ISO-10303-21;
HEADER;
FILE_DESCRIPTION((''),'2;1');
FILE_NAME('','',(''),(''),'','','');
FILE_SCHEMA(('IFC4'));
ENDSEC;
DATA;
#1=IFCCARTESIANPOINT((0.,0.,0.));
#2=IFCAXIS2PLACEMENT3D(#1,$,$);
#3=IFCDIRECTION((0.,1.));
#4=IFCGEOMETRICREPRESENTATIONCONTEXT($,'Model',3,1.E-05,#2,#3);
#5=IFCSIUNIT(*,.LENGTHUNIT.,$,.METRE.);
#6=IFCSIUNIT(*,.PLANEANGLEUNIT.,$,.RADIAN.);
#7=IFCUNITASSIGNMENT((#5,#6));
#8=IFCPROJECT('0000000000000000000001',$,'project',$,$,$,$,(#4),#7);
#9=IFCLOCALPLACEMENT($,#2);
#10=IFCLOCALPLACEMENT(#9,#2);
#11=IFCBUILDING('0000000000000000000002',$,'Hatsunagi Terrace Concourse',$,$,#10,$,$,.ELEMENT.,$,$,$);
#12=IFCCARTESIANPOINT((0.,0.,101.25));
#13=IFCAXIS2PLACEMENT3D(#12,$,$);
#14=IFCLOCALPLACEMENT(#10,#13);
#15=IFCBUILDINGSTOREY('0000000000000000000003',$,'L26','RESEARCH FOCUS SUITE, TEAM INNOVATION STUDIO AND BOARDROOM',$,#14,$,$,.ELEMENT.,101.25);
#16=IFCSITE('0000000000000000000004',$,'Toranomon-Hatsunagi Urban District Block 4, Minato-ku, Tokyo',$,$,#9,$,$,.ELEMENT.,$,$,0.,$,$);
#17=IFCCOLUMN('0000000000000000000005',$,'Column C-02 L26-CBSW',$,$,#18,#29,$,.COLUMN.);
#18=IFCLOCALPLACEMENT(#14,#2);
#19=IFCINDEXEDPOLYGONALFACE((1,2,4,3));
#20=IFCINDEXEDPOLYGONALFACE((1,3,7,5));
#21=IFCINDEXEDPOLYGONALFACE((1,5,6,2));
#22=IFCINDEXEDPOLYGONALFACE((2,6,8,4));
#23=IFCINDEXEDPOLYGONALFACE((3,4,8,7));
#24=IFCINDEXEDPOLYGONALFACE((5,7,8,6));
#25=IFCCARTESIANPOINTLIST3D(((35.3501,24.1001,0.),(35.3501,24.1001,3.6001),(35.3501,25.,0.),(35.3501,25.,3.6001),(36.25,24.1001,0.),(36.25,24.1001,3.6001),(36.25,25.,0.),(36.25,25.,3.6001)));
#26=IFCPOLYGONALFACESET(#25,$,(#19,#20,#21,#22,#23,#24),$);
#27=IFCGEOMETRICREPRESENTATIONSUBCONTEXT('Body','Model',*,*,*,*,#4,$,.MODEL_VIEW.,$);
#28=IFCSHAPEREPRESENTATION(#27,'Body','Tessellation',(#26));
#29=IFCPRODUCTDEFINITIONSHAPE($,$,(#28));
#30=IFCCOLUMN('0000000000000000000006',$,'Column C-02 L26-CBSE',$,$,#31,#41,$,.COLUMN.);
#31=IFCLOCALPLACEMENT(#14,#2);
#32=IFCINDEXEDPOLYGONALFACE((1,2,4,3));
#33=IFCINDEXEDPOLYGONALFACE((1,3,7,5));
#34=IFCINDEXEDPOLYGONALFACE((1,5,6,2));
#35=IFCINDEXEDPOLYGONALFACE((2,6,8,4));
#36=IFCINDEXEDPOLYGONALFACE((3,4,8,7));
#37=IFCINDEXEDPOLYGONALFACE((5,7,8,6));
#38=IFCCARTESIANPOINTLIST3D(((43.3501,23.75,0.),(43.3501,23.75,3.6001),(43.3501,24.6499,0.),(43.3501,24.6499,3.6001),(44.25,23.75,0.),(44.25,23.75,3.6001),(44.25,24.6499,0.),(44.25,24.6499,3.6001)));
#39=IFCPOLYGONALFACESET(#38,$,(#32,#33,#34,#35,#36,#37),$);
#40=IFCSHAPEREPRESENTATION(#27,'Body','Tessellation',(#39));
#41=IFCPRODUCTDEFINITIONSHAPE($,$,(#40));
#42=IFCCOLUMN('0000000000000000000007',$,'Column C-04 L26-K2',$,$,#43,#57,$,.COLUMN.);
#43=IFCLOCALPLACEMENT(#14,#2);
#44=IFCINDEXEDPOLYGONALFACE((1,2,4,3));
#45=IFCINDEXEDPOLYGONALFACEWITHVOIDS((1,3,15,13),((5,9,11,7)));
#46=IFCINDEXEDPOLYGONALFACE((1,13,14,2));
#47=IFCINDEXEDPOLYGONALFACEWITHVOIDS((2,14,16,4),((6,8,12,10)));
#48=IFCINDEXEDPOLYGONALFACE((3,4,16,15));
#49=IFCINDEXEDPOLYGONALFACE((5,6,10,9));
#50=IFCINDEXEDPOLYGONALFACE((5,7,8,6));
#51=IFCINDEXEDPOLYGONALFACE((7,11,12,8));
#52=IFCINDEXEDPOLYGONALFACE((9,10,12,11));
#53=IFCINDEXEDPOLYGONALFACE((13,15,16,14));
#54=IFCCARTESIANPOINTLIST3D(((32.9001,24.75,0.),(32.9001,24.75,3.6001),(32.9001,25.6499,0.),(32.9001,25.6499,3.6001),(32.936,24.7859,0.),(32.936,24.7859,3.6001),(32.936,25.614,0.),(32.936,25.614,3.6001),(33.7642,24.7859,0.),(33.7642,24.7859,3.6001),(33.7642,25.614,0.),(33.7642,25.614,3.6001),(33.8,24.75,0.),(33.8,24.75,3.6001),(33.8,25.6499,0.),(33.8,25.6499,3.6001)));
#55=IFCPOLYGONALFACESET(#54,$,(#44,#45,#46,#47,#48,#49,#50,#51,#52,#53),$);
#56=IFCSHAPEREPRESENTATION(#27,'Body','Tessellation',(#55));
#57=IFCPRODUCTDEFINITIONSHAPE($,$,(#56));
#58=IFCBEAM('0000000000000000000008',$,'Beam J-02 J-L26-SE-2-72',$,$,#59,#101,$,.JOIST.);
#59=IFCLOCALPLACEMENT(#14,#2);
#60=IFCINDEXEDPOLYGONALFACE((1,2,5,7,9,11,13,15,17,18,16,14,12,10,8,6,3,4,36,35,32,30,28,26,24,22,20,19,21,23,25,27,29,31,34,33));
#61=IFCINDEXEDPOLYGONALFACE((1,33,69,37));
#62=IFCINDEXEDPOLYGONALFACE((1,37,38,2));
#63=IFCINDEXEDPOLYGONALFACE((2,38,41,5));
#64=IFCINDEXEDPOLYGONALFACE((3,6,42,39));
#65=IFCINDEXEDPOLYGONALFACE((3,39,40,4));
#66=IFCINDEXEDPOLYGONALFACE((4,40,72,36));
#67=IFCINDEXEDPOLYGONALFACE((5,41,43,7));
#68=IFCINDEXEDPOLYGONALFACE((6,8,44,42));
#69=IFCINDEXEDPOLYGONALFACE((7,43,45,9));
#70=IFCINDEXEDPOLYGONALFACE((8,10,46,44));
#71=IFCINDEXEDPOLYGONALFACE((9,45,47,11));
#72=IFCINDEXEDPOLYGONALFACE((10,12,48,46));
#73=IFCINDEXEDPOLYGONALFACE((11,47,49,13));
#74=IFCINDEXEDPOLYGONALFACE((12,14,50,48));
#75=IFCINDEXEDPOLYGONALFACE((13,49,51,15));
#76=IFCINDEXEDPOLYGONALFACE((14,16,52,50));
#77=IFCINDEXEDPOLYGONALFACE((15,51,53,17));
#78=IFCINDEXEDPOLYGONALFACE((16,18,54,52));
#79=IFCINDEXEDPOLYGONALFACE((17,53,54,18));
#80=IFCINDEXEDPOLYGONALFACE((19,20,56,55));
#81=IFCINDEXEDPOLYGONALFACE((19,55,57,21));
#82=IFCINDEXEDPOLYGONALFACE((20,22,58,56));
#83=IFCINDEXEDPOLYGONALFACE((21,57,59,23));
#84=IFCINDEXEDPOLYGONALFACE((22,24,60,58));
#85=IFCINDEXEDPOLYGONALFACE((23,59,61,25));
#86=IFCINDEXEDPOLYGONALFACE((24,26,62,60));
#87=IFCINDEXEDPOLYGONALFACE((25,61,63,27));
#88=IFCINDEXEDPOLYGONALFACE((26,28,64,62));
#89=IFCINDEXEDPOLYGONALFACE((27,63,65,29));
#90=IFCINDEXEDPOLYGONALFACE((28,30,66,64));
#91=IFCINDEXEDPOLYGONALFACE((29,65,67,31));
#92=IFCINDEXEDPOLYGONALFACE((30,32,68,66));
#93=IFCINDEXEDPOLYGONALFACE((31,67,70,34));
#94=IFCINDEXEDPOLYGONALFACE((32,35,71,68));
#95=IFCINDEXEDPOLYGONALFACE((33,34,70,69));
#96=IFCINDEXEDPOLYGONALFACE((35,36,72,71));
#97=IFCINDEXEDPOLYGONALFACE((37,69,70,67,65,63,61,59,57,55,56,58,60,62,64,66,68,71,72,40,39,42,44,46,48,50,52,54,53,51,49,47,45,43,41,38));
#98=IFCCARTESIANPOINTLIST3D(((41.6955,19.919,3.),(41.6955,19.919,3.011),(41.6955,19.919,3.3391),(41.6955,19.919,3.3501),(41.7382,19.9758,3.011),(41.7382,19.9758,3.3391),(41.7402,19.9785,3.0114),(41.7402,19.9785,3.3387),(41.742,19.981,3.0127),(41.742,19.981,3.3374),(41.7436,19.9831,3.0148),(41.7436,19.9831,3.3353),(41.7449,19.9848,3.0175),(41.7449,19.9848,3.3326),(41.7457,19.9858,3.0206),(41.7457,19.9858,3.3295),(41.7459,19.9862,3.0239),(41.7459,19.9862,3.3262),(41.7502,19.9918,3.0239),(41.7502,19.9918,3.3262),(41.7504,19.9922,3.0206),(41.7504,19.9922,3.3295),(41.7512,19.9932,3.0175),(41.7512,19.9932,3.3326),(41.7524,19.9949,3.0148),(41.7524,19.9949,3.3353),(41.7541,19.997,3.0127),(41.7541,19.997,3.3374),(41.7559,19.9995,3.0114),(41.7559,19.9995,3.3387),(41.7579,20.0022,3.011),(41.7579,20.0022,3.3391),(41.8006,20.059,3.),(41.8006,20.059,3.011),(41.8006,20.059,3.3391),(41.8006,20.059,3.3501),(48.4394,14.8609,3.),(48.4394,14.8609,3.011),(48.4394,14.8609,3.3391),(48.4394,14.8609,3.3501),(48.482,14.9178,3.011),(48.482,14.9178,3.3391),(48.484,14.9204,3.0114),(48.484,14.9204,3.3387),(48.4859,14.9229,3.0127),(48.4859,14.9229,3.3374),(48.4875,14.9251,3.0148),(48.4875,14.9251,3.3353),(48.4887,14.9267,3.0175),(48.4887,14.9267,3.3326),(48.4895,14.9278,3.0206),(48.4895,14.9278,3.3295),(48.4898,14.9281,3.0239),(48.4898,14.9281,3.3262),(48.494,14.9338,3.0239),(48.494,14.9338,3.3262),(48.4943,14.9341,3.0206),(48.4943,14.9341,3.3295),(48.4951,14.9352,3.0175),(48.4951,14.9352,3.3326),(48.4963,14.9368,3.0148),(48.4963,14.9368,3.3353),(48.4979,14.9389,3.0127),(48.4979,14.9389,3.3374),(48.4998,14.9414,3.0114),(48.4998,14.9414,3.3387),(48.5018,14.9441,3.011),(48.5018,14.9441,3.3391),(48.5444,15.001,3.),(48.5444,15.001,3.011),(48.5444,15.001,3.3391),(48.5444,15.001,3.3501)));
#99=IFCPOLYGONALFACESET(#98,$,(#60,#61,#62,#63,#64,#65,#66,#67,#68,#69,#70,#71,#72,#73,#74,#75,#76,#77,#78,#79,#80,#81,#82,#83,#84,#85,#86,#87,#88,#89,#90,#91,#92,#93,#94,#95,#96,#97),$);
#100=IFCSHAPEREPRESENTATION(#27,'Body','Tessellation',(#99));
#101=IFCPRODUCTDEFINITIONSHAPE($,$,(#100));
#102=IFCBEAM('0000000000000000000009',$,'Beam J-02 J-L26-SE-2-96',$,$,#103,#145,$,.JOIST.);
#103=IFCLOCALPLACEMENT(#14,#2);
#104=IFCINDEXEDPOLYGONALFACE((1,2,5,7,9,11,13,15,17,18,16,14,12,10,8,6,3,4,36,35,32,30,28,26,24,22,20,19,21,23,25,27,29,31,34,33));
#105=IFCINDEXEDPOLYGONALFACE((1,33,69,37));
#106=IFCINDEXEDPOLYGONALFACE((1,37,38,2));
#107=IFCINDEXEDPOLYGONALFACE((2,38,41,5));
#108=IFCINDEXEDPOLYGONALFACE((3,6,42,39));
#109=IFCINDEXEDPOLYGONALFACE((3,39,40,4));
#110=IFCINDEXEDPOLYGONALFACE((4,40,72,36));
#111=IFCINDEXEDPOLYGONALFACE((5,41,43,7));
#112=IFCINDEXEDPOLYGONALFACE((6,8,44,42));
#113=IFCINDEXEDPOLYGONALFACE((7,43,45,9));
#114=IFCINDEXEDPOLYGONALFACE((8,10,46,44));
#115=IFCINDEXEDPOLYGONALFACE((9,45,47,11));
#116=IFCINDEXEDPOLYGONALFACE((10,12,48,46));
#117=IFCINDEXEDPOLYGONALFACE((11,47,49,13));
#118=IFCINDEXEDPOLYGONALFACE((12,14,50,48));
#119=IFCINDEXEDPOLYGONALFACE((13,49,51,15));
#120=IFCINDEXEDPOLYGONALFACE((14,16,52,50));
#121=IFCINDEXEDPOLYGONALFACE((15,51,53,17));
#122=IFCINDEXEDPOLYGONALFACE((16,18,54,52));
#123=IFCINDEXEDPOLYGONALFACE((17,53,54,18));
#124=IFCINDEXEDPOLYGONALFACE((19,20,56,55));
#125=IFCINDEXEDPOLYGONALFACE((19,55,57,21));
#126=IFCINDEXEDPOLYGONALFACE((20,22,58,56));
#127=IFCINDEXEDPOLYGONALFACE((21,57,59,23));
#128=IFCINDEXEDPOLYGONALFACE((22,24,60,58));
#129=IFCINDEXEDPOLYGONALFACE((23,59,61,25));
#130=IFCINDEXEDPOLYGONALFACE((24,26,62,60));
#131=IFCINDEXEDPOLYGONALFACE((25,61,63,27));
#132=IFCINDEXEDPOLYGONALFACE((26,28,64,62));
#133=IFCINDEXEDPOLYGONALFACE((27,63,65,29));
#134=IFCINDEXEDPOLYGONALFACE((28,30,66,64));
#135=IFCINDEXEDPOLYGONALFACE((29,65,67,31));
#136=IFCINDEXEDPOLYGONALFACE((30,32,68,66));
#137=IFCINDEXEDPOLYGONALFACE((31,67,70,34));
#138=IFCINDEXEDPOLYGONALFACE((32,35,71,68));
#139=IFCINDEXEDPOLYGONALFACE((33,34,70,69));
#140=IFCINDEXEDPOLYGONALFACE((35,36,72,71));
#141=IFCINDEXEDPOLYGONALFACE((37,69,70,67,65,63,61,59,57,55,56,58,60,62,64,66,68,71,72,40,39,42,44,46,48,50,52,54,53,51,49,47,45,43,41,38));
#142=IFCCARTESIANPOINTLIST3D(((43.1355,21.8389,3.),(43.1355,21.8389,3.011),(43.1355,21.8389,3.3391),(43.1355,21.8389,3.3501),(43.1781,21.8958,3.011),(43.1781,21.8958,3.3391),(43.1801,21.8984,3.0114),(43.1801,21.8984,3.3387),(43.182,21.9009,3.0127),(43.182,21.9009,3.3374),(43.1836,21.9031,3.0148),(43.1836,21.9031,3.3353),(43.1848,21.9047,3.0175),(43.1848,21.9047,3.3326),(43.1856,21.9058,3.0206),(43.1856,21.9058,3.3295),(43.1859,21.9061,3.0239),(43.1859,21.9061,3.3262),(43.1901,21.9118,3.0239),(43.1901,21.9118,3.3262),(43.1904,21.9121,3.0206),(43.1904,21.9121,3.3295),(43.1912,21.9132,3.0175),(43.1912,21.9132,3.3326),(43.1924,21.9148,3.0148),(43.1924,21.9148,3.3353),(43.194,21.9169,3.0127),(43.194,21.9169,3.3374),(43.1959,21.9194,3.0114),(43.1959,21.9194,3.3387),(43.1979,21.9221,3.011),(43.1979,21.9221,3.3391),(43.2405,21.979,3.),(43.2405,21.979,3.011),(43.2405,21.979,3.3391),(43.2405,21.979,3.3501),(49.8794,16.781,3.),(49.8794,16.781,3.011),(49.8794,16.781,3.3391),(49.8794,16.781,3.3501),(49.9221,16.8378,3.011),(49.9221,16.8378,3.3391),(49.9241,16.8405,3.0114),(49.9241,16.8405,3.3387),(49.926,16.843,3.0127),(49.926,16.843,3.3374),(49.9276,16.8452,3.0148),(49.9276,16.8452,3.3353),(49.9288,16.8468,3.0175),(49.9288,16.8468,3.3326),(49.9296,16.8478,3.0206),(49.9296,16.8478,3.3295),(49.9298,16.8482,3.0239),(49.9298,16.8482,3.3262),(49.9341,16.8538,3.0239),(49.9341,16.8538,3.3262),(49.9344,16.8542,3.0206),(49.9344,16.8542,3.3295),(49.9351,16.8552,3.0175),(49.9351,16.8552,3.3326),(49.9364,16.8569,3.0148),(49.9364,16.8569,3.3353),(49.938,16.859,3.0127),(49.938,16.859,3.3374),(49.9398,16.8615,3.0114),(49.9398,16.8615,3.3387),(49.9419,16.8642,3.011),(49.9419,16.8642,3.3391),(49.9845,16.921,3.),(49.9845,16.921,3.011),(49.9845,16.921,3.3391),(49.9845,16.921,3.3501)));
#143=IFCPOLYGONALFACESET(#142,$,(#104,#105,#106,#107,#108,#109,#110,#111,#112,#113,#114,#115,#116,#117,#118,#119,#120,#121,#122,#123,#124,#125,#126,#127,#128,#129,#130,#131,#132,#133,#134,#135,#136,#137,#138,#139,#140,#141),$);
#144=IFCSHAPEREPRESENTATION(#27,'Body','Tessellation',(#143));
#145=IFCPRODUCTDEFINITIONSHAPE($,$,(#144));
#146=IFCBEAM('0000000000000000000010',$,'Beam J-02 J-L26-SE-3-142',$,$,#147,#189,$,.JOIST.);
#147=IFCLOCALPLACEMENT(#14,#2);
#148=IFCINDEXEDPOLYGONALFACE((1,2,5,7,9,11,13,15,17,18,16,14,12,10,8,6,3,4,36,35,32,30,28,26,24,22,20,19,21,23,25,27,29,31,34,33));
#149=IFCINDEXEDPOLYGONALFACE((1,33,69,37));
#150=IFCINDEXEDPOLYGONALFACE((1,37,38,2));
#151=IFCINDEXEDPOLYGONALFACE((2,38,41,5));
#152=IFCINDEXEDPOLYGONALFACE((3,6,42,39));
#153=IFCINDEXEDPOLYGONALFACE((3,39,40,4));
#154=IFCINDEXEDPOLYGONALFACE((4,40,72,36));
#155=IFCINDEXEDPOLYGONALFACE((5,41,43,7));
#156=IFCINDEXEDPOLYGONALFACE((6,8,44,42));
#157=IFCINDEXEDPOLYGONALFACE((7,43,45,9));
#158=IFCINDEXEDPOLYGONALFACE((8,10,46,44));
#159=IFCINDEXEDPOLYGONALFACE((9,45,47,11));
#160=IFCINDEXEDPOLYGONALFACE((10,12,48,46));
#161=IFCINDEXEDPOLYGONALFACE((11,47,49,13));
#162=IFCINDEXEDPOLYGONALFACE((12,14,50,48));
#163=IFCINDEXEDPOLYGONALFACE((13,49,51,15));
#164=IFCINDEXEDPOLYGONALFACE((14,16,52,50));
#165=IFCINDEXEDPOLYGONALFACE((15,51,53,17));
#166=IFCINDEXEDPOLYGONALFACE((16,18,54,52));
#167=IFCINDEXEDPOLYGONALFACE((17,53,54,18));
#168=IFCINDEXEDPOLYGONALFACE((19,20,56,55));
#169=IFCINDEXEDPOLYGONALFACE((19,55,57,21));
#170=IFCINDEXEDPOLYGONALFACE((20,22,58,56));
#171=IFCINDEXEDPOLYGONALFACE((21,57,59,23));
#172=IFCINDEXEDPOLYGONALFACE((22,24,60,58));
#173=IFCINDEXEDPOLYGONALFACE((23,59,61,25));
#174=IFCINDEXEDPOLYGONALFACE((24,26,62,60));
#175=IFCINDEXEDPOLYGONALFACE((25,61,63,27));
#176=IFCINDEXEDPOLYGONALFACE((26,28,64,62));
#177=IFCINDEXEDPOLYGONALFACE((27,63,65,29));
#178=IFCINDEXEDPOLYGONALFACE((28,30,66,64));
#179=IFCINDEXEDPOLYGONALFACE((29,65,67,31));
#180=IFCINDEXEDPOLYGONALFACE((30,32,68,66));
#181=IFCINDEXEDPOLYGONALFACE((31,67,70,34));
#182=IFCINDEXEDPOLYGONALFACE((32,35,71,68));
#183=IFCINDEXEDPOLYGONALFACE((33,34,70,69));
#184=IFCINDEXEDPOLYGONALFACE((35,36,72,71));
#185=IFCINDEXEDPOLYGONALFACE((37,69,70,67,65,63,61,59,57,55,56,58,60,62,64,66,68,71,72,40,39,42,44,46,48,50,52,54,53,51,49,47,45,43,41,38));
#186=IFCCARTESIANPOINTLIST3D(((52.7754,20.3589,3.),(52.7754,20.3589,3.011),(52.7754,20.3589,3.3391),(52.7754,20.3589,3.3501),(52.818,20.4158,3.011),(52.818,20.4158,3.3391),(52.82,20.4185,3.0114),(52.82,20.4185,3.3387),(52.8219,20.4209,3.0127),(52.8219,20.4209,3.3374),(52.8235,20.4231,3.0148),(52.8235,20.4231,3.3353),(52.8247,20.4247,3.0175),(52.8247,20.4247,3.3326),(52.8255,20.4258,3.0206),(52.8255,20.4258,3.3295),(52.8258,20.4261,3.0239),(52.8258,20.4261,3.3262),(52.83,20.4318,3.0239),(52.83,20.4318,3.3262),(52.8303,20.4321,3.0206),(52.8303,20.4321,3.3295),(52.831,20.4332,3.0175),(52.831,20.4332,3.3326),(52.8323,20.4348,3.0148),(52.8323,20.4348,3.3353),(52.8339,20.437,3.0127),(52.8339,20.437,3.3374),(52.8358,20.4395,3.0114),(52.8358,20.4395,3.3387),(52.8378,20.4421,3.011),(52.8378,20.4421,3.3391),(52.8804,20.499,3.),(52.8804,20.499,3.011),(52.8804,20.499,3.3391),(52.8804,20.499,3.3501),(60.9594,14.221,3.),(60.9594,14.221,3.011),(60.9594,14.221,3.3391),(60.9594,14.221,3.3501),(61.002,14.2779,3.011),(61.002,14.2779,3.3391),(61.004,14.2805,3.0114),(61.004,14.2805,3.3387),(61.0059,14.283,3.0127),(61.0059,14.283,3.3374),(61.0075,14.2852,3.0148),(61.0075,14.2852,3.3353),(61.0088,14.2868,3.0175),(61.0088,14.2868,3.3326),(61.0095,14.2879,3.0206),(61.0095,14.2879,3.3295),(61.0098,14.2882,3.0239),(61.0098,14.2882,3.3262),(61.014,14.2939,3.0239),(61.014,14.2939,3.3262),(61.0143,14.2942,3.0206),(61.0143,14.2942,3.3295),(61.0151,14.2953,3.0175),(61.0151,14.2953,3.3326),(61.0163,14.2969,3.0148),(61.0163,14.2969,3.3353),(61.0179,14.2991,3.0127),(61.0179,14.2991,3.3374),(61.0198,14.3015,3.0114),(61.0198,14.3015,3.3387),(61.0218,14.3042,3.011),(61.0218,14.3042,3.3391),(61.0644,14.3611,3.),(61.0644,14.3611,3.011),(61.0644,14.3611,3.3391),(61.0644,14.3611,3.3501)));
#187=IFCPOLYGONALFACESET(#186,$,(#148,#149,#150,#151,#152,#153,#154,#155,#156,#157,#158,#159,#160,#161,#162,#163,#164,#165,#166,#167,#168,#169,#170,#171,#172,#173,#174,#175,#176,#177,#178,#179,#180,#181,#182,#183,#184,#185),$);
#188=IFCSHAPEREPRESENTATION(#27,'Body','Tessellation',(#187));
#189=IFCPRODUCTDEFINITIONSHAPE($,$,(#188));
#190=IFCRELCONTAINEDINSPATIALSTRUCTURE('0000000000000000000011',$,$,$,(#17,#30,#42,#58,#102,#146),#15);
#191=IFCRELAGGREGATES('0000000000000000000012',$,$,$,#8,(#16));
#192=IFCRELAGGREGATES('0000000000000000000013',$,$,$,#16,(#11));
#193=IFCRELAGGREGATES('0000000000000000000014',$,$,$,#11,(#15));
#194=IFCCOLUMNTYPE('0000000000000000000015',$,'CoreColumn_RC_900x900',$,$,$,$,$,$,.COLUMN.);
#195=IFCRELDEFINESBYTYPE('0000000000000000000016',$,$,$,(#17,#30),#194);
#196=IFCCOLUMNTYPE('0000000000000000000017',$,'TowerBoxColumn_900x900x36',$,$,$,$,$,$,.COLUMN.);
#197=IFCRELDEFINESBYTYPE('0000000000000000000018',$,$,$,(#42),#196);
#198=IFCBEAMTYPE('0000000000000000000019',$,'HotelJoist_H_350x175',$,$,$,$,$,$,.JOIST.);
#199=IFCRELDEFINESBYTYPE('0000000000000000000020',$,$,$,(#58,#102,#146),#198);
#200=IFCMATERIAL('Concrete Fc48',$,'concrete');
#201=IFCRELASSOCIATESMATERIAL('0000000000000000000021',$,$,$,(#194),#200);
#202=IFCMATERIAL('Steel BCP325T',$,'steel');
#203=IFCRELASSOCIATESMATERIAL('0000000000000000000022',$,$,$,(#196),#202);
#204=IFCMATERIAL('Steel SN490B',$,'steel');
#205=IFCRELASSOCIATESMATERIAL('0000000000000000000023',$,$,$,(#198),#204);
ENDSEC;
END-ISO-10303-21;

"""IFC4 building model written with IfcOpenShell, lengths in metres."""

from ifc_helpers import new_model, si_unit, direction, frame, origin, origin_2d, place, context, subcontext, project, spatial, rectangle, hollow_rectangle, i_section, extrude, material, material_profile, profile_set, type_object, element, save


model = new_model("IFC4")

# Units and contexts
model_context = context("Model", 3, precision=1e-05, world=origin(), true_north=direction((0.0, 1.0)))
body_context = subcontext(model_context, "Body", "Model", "MODEL_VIEW")
ifc_project = project(units=[si_unit("LENGTHUNIT", "METRE"), si_unit("PLANEANGLEUNIT", "RADIAN")], contexts=[model_context])

# Site, building, storey
site_placement = place(None, origin())
site = spatial("IfcSite", under=ifc_project, at=site_placement, Name="Toranomon-Hatsunagi Urban District Block 4, Minato-ku, Tokyo", CompositionType="ELEMENT", RefElevation=0.0)
building_placement = place(site_placement, origin())
building = spatial("IfcBuilding", under=site, at=building_placement, Name="Hatsunagi Terrace Concourse", CompositionType="ELEMENT")
storey_placement = place(building_placement, frame((0.0, 0.0, 101.25)))
storey = spatial("IfcBuildingStorey", under=building, at=storey_placement, Name="L26", Description="RESEARCH FOCUS SUITE, TEAM INNOVATION STUDIO AND BOARDROOM", CompositionType="ELEMENT", Elevation=101.25)

# Columns
ifc_material_1 = material(Name="Concrete Fc48", Category="concrete")
ifc_material_profile_1 = material_profile(ifc_material_1, rectangle(XDim=0.8999, YDim=0.8999, at=origin_2d()), Name="RC-900x900")
ifc_profile_set_1 = profile_set([ifc_material_profile_1], Name="Concrete Fc48")
column_type_1 = type_object("IfcColumnType", Name="CoreColumn_RC_900x900", PredefinedType="COLUMN", material=ifc_profile_set_1)
for number, where, z_axis, x_axis, name in (
    (1, (35.8, 24.55, 0.0), (0.0, 0.0, 1.0), (1.0, 0.0, 0.0), "Column C-02 L26-CBSW"),
    (2, (43.8, 24.2, 0.0), (0.0, 0.0, 1.0), (1.0, 0.0, 0.0), "Column C-02 L26-CBSE"),
):
    element("IfcColumn", number, at=place(storey_placement, frame(where, z_axis=z_axis, x_axis=x_axis)), inside=storey, type_object=column_type_1, Name=name, PredefinedType="COLUMN", context=body_context, shape_type="SweptSolid", body=[
        extrude(rectangle(XDim=0.8999, YDim=0.8999, at=origin_2d()), origin(), (0.0, 0.0, 1.0), 3.6001),
    ])
ifc_material_2 = material(Name="Steel BCP325T", Category="steel")
ifc_material_profile_2 = material_profile(ifc_material_2, hollow_rectangle(XDim=0.8999, YDim=0.8999, WallThickness=0.0359, at=origin_2d()), Name="BCP-900x900x36")
ifc_profile_set_2 = profile_set([ifc_material_profile_2], Name="Steel BCP325T")
column_type_2 = type_object("IfcColumnType", Name="TowerBoxColumn_900x900x36", PredefinedType="COLUMN", material=ifc_profile_set_2)
column_placement = place(storey_placement, frame((33.3501, 25.2, 0.0), z_axis=(0.0, 0.0, 1.0), x_axis=(1.0, 0.0, 0.0)))
element("IfcColumn", 3, at=column_placement, inside=storey, type_object=column_type_2, Name="Column C-04 L26-K2", PredefinedType="COLUMN", context=body_context, shape_type="SweptSolid", body=[
    extrude(hollow_rectangle(XDim=0.8999, YDim=0.8999, WallThickness=0.0359, at=origin_2d()), origin(), (0.0, 0.0, 1.0), 3.6001),
])

# Beams
ifc_material_3 = material(Name="Steel SN490B", Category="steel")
ifc_material_profile_3 = material_profile(ifc_material_3, i_section(OverallWidth=0.175, OverallDepth=0.3501, WebThickness=0.0071, FlangeThickness=0.011, FilletRadius=0.0129, at=origin_2d()), Name="H-350x175x7x11")
ifc_profile_set_3 = profile_set([ifc_material_profile_3], Name="Steel SN490B")
beam_type_1 = type_object("IfcBeamType", Name="HotelJoist_H_350x175", PredefinedType="JOIST", material=ifc_profile_set_3)
for number, where, z_axis, x_axis, name in (
    (4, (41.748, 19.989, 3.175), (0.79999, -0.600014, 0.0), (0.600014, 0.79999, 0.0), "Beam J-02 J-L26-SE-2-72"),
    (5, (43.188, 21.9089, 3.175), (0.800003, -0.599995, 0.0), (0.599995, 0.800003, 0.0), "Beam J-02 J-L26-SE-2-96"),
):
    element("IfcBeam", number, at=place(storey_placement, frame(where, z_axis=z_axis, x_axis=x_axis)), inside=storey, type_object=beam_type_1, Name=name, PredefinedType="JOIST", context=body_context, shape_type="SweptSolid", body=[
        extrude(i_section(OverallWidth=0.175, OverallDepth=0.3501, WebThickness=0.0071, FlangeThickness=0.011, FilletRadius=0.0129, at=origin_2d()), origin(), (0.0, 0.0, 1.0), 8.4299),
    ])
for number, where, z_axis, x_axis, name in (
    (6, (52.8279, 20.429, 3.175), (0.800006, -0.599992, 0.0), (0.599992, 0.800006, 0.0), "Beam J-02 J-L26-SE-3-142"),
):
    element("IfcBeam", number, at=place(storey_placement, frame(where, z_axis=z_axis, x_axis=x_axis)), inside=storey, type_object=beam_type_1, Name=name, PredefinedType="JOIST", context=body_context, shape_type="SweptSolid", body=[
        extrude(i_section(OverallWidth=0.175, OverallDepth=0.3501, WebThickness=0.0071, FlangeThickness=0.011, FilletRadius=0.0129, at=origin_2d()), origin(), (0.0, 0.0, 1.0), 10.23),
    ])

save(model, "model.ifc")
